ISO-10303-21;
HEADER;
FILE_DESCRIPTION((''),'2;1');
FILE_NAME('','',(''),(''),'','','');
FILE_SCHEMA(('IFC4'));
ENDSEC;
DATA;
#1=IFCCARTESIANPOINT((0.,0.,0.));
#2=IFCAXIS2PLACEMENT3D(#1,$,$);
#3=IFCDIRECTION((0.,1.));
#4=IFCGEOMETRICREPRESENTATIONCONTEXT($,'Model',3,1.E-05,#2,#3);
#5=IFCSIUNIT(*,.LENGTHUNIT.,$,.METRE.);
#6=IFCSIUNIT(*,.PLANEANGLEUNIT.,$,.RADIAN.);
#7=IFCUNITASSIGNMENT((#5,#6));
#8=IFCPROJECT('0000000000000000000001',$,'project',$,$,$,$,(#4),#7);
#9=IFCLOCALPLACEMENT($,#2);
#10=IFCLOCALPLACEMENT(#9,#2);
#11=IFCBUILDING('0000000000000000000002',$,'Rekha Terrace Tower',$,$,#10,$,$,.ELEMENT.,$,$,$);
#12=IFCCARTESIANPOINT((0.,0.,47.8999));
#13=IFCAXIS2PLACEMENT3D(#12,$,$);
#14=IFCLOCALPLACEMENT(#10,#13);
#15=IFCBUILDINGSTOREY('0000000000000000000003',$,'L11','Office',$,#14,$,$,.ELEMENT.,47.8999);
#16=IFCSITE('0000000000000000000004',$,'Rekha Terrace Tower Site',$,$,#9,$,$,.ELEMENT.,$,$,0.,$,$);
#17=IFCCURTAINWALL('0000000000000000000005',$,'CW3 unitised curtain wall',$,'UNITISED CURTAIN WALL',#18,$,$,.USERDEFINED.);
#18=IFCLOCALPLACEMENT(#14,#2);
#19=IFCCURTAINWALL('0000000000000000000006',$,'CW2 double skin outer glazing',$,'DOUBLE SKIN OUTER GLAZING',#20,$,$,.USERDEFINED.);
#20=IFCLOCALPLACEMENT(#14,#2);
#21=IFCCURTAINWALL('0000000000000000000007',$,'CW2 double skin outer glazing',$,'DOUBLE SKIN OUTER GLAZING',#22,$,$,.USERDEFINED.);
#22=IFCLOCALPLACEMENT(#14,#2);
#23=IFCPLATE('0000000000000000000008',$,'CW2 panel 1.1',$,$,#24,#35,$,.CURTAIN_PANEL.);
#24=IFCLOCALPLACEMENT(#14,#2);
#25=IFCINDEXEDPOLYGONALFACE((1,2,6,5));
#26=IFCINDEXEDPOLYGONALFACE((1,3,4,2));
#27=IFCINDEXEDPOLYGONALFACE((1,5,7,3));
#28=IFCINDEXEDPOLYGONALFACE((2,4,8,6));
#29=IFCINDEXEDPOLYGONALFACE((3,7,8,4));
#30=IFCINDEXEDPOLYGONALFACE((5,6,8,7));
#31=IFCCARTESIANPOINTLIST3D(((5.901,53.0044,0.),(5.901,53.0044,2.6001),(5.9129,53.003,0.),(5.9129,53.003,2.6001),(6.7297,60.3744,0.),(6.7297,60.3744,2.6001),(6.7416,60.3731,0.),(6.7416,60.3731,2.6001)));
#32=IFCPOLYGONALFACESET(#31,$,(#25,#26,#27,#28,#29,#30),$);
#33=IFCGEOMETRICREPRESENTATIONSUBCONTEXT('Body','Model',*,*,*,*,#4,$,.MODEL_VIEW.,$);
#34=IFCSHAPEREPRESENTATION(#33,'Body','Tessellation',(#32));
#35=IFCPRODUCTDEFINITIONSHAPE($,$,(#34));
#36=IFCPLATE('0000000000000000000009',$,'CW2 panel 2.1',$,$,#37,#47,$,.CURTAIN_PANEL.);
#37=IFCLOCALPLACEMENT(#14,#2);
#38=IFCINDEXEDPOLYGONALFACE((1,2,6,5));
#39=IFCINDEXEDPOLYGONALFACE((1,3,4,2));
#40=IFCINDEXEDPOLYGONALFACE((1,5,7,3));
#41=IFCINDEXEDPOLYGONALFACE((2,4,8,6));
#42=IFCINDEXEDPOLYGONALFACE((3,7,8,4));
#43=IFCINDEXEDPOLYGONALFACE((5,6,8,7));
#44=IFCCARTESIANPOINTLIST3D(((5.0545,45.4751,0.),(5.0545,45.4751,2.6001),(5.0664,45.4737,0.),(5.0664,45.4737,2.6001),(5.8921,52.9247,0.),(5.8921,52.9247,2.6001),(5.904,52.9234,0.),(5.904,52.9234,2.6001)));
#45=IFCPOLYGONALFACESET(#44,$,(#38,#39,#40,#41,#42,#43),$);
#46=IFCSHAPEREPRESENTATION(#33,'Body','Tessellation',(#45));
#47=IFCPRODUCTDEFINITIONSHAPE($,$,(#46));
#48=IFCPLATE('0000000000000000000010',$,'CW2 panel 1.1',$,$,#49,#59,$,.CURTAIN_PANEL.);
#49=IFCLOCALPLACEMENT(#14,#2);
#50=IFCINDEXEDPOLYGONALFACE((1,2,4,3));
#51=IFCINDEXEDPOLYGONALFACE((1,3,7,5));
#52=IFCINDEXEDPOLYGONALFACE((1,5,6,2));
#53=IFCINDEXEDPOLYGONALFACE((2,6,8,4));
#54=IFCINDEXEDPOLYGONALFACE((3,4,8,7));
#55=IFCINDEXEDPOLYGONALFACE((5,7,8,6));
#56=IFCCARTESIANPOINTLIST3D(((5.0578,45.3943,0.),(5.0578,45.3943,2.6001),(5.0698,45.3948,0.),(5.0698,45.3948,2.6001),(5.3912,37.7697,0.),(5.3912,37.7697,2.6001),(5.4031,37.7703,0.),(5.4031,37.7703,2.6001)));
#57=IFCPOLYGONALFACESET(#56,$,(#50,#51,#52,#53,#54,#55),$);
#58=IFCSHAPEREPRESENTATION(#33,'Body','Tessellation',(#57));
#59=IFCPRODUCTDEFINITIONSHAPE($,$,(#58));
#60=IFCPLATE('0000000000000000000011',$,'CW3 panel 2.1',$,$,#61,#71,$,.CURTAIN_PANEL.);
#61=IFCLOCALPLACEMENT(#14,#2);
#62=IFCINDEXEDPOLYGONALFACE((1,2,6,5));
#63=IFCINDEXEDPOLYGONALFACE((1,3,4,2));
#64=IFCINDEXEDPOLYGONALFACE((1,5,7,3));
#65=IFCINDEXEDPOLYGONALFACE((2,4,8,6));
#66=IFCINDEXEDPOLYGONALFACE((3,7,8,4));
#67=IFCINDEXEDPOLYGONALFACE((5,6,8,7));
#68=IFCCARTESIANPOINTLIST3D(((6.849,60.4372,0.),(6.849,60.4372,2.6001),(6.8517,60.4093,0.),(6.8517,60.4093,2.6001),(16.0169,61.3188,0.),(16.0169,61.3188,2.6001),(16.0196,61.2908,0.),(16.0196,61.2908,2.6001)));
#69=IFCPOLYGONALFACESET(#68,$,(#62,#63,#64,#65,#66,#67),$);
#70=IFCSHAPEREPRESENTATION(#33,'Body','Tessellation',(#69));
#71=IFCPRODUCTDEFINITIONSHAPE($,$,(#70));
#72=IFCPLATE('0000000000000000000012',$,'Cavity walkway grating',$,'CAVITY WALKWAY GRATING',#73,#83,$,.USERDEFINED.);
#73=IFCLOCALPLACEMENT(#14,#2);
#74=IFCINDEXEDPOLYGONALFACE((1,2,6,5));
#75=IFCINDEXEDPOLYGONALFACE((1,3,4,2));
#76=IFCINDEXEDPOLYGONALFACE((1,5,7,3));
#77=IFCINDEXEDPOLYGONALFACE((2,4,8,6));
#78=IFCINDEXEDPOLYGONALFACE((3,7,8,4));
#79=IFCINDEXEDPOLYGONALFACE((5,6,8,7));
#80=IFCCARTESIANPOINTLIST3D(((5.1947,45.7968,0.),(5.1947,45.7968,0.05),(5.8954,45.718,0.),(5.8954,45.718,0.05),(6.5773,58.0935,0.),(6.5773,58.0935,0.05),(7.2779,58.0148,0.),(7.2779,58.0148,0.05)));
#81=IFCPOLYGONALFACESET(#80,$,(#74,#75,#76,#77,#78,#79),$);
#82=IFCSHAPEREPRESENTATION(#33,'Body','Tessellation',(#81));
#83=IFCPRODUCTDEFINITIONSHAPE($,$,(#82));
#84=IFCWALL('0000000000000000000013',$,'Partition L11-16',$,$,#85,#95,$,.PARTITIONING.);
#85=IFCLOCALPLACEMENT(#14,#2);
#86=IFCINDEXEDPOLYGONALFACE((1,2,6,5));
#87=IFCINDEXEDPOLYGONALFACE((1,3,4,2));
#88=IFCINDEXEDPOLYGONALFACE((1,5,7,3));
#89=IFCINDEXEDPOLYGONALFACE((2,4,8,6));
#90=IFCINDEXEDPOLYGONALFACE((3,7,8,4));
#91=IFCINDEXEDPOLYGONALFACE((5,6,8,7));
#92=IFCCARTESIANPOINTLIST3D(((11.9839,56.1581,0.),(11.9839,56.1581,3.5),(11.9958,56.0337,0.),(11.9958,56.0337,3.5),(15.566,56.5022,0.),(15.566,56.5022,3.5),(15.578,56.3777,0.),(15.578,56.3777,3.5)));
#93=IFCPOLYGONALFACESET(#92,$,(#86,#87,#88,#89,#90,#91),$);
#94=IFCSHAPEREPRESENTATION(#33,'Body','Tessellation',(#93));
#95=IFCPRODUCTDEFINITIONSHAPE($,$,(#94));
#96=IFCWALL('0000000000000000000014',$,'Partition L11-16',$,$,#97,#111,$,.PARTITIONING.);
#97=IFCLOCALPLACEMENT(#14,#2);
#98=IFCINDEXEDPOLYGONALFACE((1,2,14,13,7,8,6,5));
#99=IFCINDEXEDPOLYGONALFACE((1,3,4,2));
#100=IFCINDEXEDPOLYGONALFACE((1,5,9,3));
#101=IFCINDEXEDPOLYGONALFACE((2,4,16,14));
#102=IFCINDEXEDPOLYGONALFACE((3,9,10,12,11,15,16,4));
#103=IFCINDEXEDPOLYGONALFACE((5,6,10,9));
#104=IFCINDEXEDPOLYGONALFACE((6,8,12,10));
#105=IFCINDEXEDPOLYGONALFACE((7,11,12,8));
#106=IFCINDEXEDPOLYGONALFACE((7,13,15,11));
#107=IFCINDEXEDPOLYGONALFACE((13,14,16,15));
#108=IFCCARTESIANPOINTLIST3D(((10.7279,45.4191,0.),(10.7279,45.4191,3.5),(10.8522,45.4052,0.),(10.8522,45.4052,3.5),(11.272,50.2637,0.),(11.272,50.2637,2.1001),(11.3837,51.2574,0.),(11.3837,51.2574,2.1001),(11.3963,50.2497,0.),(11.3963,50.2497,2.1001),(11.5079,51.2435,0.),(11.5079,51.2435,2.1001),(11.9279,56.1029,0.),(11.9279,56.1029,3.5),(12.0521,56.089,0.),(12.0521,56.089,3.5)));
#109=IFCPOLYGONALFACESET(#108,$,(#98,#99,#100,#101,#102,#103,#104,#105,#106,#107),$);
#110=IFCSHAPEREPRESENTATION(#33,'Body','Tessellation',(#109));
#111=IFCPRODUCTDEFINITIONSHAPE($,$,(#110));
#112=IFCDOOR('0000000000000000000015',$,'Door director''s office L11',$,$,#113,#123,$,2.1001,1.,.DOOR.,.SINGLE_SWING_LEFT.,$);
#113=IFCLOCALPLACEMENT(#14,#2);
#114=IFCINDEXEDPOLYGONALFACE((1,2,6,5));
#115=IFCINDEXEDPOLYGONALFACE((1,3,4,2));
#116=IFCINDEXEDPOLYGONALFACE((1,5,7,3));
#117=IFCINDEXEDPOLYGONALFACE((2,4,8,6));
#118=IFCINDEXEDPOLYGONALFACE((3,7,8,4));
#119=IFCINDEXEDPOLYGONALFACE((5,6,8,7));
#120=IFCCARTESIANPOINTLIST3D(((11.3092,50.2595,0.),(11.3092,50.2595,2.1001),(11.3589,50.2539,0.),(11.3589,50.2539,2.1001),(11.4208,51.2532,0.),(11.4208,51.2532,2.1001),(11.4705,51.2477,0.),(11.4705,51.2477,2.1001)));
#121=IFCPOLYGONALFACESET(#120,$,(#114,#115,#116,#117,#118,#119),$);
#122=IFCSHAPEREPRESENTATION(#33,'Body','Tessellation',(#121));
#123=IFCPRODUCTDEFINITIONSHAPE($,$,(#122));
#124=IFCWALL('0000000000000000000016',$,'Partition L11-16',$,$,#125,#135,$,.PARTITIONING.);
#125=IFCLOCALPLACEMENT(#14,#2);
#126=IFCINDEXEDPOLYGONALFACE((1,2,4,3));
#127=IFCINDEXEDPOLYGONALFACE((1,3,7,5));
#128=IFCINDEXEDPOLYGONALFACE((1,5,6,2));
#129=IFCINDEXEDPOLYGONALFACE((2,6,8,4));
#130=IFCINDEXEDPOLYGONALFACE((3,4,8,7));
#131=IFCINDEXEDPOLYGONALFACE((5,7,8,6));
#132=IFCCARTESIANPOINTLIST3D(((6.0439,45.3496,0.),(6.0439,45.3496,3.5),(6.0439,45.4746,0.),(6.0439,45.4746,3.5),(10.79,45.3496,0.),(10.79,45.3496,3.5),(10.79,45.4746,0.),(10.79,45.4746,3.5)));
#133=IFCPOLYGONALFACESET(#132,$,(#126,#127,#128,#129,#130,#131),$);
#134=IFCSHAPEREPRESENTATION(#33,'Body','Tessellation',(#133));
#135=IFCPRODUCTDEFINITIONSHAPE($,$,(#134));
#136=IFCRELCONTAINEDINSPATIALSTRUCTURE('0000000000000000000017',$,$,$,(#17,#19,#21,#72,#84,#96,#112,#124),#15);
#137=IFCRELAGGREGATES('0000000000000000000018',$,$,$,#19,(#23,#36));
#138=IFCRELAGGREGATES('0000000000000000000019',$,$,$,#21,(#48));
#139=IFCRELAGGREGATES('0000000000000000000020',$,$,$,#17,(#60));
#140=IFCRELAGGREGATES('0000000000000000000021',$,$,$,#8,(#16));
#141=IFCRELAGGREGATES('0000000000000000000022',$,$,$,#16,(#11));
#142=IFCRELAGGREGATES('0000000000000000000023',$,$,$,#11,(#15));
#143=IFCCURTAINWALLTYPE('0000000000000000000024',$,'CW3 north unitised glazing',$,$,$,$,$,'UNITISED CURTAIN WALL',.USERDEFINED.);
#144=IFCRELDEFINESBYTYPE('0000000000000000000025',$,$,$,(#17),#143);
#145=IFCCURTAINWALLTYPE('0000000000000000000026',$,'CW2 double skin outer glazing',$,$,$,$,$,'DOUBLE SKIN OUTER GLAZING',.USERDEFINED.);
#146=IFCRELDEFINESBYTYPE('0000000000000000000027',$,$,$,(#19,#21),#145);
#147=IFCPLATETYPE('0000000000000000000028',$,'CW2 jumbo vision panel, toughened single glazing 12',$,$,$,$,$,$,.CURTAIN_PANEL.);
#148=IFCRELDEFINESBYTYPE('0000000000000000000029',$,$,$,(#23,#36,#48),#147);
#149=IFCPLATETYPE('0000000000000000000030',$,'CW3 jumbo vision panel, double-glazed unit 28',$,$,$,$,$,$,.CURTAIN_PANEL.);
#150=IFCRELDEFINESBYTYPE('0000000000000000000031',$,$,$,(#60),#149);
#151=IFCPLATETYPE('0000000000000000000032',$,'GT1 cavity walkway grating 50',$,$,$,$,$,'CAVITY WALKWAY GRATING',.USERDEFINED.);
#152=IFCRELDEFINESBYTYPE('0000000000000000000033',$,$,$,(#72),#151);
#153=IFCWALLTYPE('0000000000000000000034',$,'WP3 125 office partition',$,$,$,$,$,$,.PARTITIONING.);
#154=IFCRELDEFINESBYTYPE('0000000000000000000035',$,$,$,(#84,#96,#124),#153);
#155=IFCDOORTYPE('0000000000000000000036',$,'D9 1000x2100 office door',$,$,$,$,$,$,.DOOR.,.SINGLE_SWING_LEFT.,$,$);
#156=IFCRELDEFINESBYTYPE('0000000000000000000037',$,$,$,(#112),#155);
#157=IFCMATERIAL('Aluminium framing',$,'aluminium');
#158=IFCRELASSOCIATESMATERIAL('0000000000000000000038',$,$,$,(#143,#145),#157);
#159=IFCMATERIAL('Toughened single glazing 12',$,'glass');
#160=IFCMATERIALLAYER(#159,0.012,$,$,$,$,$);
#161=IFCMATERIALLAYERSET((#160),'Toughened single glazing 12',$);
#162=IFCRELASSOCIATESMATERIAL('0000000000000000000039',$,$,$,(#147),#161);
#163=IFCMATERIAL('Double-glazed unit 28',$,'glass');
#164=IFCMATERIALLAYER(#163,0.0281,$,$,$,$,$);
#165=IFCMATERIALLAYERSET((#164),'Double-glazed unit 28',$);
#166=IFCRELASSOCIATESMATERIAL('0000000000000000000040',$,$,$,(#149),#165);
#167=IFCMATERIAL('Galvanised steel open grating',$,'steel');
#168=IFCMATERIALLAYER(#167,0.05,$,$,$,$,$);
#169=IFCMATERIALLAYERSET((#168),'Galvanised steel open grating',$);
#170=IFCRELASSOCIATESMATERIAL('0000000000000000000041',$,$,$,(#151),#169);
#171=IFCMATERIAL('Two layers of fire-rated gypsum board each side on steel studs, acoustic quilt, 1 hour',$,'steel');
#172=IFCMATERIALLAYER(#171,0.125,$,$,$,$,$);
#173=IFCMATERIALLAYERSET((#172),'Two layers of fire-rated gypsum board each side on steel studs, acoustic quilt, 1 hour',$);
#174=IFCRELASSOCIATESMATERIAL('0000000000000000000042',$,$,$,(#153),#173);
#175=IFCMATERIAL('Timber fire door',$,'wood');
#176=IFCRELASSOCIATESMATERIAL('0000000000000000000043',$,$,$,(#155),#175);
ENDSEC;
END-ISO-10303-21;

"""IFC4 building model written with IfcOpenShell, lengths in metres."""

from ifc_helpers import new_model, si_unit, direction, frame, frame_2d, origin, origin_2d, place, context, subcontext, project, spatial, rectangle, extrude, material, layer, layer_set, type_object, element, fill, aggregate, save


model = new_model("IFC4")

# Units and contexts
model_context = context("Model", 3, precision=1e-05, world=origin(), true_north=direction((0.0, 1.0)))
body_context = subcontext(model_context, "Body", "Model", "MODEL_VIEW")
ifc_project = project(units=[si_unit("LENGTHUNIT", "METRE"), si_unit("PLANEANGLEUNIT", "RADIAN")], contexts=[model_context])

# Site, building, storey
site_placement = place(None, origin())
site = spatial("IfcSite", under=ifc_project, at=site_placement, Name="Rekha Terrace Tower Site", CompositionType="ELEMENT", RefElevation=0.0)
building_placement = place(site_placement, origin())
building = spatial("IfcBuilding", under=site, at=building_placement, Name="Rekha Terrace Tower", CompositionType="ELEMENT")
storey_placement = place(building_placement, frame((0.0, 0.0, 47.8999)))
storey = spatial("IfcBuildingStorey", under=building, at=storey_placement, Name="L11", Description="Office", CompositionType="ELEMENT", Elevation=47.8999)

# Curtain walls
ifc_material_1 = material(Name="Aluminium framing", Category="aluminium")
curtain_wall_type_1 = type_object("IfcCurtainWallType", Name="CW3 north unitised glazing", ElementType="UNITISED CURTAIN WALL", PredefinedType="USERDEFINED", material=ifc_material_1)
curtain_wall_1_placement = place(storey_placement, origin())
curtain_wall_1 = element("IfcCurtainWall", 1, at=curtain_wall_1_placement, inside=storey, type_object=curtain_wall_type_1, Name="CW3 unitised curtain wall", ObjectType="UNITISED CURTAIN WALL", PredefinedType="USERDEFINED")
curtain_wall_type_2 = type_object("IfcCurtainWallType", Name="CW2 double skin outer glazing", ElementType="DOUBLE SKIN OUTER GLAZING", PredefinedType="USERDEFINED", material=ifc_material_1)
curtain_wall_2_placement = place(storey_placement, origin())
curtain_wall_2 = element("IfcCurtainWall", 2, at=curtain_wall_2_placement, inside=storey, type_object=curtain_wall_type_2, Name="CW2 double skin outer glazing", ObjectType="DOUBLE SKIN OUTER GLAZING", PredefinedType="USERDEFINED")

# Curtain wall
curtain_wall_3_placement = place(storey_placement, origin())
curtain_wall_3 = element("IfcCurtainWall", 3, at=curtain_wall_3_placement, inside=storey, type_object=curtain_wall_type_2, Name="CW2 double skin outer glazing", ObjectType="DOUBLE SKIN OUTER GLAZING", PredefinedType="USERDEFINED")

# Plates
ifc_material_2 = material(Name="Toughened single glazing 12", Category="glass")
ifc_layer_1 = layer(ifc_material_2, 0.012)
ifc_layer_set_1 = layer_set([ifc_layer_1], Name="Toughened single glazing 12")
plate_type_1 = type_object("IfcPlateType", Name="CW2 jumbo vision panel, toughened single glazing 12", PredefinedType="CURTAIN_PANEL", material=ifc_layer_set_1)
plate_1_placement = place(storey_placement, frame((6.3213, 56.6887, 0.0), z_axis=(0.0, 0.0, 1.0), x_axis=(-0.11173, -0.993739, 0.0)))
plate_1 = element("IfcPlate", 4, at=plate_1_placement, type_object=plate_type_1, Name="CW2 panel 1.1", PredefinedType="CURTAIN_PANEL", context=body_context, shape_type="SweptSolid", body=[
    extrude(rectangle(XDim=7.4165, YDim=0.012, at=origin_2d()), origin(), (0.0, 0.0, 1.0), 2.6001),
])
plate_2_placement = place(storey_placement, frame((5.4792, 49.1992, 0.0), z_axis=(0.0, 0.0, 1.0), x_axis=(-0.11173, -0.993739, 0.0)))
plate_2 = element("IfcPlate", 5, at=plate_2_placement, type_object=plate_type_1, Name="CW2 panel 2.1", PredefinedType="CURTAIN_PANEL", context=body_context, shape_type="SweptSolid", body=[
    extrude(rectangle(XDim=7.4966, YDim=0.012, at=origin_2d()), origin(), (0.0, 0.0, 1.0), 2.6001),
])
aggregate(curtain_wall_2, [plate_1, plate_2])
plate_3_placement = place(storey_placement, frame((5.2305, 41.5823, 0.0), z_axis=(0.0, 0.0, 1.0), x_axis=(0.043683, -0.999045, 0.0)))
plate_3 = element("IfcPlate", 6, at=plate_3_placement, type_object=plate_type_1, Name="CW2 panel 1.1", PredefinedType="CURTAIN_PANEL", context=body_context, shape_type="SweptSolid", body=[
    extrude(rectangle(XDim=7.6318, YDim=0.012, at=origin_2d()), origin(), (0.0, 0.0, 1.0), 2.6001),
])
aggregate(curtain_wall_3, [plate_3])
ifc_material_3 = material(Name="Double-glazed unit 28", Category="glass")
ifc_layer_2 = layer(ifc_material_3, 0.0281)
ifc_layer_set_2 = layer_set([ifc_layer_2], Name="Double-glazed unit 28")
plate_type_2 = type_object("IfcPlateType", Name="CW3 jumbo vision panel, double-glazed unit 28", PredefinedType="CURTAIN_PANEL", material=ifc_layer_set_2)
plate_4_placement = place(storey_placement, frame((11.4343, 60.864, 0.0), z_axis=(0.0, 0.0, 1.0), x_axis=(-0.995409, -0.095712, 0.0)))
plate_4 = element("IfcPlate", 7, at=plate_4_placement, type_object=plate_type_2, Name="CW3 panel 2.1", PredefinedType="CURTAIN_PANEL", context=body_context, shape_type="SweptSolid", body=[
    extrude(rectangle(XDim=9.2102, YDim=0.0281, at=origin_2d()), origin(), (0.0, 0.0, 1.0), 2.6001),
])
aggregate(curtain_wall_1, [plate_4])
ifc_material_4 = material(Name="Galvanised steel open grating", Category="steel")
ifc_layer_3 = layer(ifc_material_4, 0.05)
ifc_layer_set_3 = layer_set([ifc_layer_3], Name="Galvanised steel open grating")
plate_type_3 = type_object("IfcPlateType", Name="GT1 cavity walkway grating 50", ElementType="CAVITY WALKWAY GRATING", PredefinedType="USERDEFINED", material=ifc_layer_set_3)
plate_5_placement = place(storey_placement, frame((6.2363, 51.9058, 0.0), z_axis=(0.0, 0.0, 1.0), x_axis=(-0.11173, -0.993739, 0.0)))
element("IfcPlate", 8, at=plate_5_placement, inside=storey, type_object=plate_type_3, Name="Cavity walkway grating", ObjectType="CAVITY WALKWAY GRATING", PredefinedType="USERDEFINED", context=body_context, shape_type="SweptSolid", body=[
    extrude(rectangle(XDim=12.3743, YDim=0.7051, at=origin_2d()), origin(), (0.0, 0.0, 1.0), 0.05),
])

# Wall
ifc_material_5 = material(Name="Two layers of fire-rated gypsum board each side on steel studs, acoustic quilt, 1 hour", Category="steel")
ifc_layer_4 = layer(ifc_material_5, 0.125)
ifc_layer_set_4 = layer_set([ifc_layer_4], Name="Two layers of fire-rated gypsum board each side on steel studs, acoustic quilt, 1 hour")
wall_type = type_object("IfcWallType", Name="WP3 125 office partition", PredefinedType="PARTITIONING", material=ifc_layer_set_4)
wall_1_placement = place(storey_placement, frame((15.572, 56.4399, 0.0), z_axis=(0.0, 0.0, 1.0), x_axis=(-0.99542, -0.095593, 0.0)))
element("IfcWall", 9, at=wall_1_placement, inside=storey, type_object=wall_type, Name="Partition L11-16", PredefinedType="PARTITIONING", context=body_context, shape_type="SweptSolid", body=[
    extrude(rectangle(XDim=3.5986, YDim=0.125, at=frame_2d((1.7993, 0.0))), origin(), (0.0, 0.0, 1.0), 3.5),
])

# Wall, opening, door
wall_2_placement = place(storey_placement, frame((11.99, 56.0959, 0.0), z_axis=(0.0, 0.0, 1.0), x_axis=(-0.111613, -0.993752, 0.0)))
wall_2 = element("IfcWall", 10, at=wall_2_placement, inside=storey, type_object=wall_type, Name="Partition L11-16", PredefinedType="PARTITIONING", context=body_context, shape_type="SweptSolid", body=[
    extrude(rectangle(XDim=10.751, YDim=0.125, at=frame_2d((5.3755, 0.0))), origin(), (0.0, 0.0, 1.0), 3.5),
])
opening_placement = place(wall_2_placement, frame((4.876, 0.0, 0.0)))
opening = element("IfcOpeningElement", 11, at=opening_placement, cuts=wall_2, PredefinedType="OPENING", context=body_context, shape_type="SweptSolid", body=[
    extrude(rectangle(XDim=1.0, YDim=2.1001, at=frame_2d((0.5, 1.05))), frame((0.0, 0.0725, 0.0), z_axis=(0.0, -1.0, 0.0), x_axis=(1.0, 0.0, 0.0)), (0.0, 0.0, 1.0), 0.145),
])
ifc_material_6 = material(Name="Timber fire door", Category="wood")
door_type = type_object("IfcDoorType", Name="D9 1000x2100 office door", OperationType="SINGLE_SWING_LEFT", PredefinedType="DOOR", material=ifc_material_6)
door_placement = place(opening_placement, origin())
door = element("IfcDoor", 12, at=door_placement, inside=storey, type_object=door_type, Name="Door director's office L11", OperationType="SINGLE_SWING_LEFT", OverallHeight=2.1001, OverallWidth=1.0, PredefinedType="DOOR", context=body_context, shape_type="SweptSolid", body=[
    extrude(rectangle(XDim=1.0, YDim=2.1001, at=frame_2d((0.5, 1.05))), frame((0.0, 0.0249, 0.0), z_axis=(0.0, -1.0, 0.0), x_axis=(1.0, 0.0, 0.0)), (0.0, 0.0, 1.0), 0.05),
])
fill(opening, door)

# Wall
wall_3_placement = place(storey_placement, frame((10.79, 45.4121, 0.0), z_axis=(0.0, 0.0, 1.0), x_axis=(-1.0, 0.0, 0.0)))
element("IfcWall", 13, at=wall_3_placement, inside=storey, type_object=wall_type, Name="Partition L11-16", PredefinedType="PARTITIONING", context=body_context, shape_type="SweptSolid", body=[
    extrude(rectangle(XDim=4.7461, YDim=0.125, at=frame_2d((2.373, 0.0))), origin(), (0.0, 0.0, 1.0), 3.5),
])

save(model, "model.ifc")
